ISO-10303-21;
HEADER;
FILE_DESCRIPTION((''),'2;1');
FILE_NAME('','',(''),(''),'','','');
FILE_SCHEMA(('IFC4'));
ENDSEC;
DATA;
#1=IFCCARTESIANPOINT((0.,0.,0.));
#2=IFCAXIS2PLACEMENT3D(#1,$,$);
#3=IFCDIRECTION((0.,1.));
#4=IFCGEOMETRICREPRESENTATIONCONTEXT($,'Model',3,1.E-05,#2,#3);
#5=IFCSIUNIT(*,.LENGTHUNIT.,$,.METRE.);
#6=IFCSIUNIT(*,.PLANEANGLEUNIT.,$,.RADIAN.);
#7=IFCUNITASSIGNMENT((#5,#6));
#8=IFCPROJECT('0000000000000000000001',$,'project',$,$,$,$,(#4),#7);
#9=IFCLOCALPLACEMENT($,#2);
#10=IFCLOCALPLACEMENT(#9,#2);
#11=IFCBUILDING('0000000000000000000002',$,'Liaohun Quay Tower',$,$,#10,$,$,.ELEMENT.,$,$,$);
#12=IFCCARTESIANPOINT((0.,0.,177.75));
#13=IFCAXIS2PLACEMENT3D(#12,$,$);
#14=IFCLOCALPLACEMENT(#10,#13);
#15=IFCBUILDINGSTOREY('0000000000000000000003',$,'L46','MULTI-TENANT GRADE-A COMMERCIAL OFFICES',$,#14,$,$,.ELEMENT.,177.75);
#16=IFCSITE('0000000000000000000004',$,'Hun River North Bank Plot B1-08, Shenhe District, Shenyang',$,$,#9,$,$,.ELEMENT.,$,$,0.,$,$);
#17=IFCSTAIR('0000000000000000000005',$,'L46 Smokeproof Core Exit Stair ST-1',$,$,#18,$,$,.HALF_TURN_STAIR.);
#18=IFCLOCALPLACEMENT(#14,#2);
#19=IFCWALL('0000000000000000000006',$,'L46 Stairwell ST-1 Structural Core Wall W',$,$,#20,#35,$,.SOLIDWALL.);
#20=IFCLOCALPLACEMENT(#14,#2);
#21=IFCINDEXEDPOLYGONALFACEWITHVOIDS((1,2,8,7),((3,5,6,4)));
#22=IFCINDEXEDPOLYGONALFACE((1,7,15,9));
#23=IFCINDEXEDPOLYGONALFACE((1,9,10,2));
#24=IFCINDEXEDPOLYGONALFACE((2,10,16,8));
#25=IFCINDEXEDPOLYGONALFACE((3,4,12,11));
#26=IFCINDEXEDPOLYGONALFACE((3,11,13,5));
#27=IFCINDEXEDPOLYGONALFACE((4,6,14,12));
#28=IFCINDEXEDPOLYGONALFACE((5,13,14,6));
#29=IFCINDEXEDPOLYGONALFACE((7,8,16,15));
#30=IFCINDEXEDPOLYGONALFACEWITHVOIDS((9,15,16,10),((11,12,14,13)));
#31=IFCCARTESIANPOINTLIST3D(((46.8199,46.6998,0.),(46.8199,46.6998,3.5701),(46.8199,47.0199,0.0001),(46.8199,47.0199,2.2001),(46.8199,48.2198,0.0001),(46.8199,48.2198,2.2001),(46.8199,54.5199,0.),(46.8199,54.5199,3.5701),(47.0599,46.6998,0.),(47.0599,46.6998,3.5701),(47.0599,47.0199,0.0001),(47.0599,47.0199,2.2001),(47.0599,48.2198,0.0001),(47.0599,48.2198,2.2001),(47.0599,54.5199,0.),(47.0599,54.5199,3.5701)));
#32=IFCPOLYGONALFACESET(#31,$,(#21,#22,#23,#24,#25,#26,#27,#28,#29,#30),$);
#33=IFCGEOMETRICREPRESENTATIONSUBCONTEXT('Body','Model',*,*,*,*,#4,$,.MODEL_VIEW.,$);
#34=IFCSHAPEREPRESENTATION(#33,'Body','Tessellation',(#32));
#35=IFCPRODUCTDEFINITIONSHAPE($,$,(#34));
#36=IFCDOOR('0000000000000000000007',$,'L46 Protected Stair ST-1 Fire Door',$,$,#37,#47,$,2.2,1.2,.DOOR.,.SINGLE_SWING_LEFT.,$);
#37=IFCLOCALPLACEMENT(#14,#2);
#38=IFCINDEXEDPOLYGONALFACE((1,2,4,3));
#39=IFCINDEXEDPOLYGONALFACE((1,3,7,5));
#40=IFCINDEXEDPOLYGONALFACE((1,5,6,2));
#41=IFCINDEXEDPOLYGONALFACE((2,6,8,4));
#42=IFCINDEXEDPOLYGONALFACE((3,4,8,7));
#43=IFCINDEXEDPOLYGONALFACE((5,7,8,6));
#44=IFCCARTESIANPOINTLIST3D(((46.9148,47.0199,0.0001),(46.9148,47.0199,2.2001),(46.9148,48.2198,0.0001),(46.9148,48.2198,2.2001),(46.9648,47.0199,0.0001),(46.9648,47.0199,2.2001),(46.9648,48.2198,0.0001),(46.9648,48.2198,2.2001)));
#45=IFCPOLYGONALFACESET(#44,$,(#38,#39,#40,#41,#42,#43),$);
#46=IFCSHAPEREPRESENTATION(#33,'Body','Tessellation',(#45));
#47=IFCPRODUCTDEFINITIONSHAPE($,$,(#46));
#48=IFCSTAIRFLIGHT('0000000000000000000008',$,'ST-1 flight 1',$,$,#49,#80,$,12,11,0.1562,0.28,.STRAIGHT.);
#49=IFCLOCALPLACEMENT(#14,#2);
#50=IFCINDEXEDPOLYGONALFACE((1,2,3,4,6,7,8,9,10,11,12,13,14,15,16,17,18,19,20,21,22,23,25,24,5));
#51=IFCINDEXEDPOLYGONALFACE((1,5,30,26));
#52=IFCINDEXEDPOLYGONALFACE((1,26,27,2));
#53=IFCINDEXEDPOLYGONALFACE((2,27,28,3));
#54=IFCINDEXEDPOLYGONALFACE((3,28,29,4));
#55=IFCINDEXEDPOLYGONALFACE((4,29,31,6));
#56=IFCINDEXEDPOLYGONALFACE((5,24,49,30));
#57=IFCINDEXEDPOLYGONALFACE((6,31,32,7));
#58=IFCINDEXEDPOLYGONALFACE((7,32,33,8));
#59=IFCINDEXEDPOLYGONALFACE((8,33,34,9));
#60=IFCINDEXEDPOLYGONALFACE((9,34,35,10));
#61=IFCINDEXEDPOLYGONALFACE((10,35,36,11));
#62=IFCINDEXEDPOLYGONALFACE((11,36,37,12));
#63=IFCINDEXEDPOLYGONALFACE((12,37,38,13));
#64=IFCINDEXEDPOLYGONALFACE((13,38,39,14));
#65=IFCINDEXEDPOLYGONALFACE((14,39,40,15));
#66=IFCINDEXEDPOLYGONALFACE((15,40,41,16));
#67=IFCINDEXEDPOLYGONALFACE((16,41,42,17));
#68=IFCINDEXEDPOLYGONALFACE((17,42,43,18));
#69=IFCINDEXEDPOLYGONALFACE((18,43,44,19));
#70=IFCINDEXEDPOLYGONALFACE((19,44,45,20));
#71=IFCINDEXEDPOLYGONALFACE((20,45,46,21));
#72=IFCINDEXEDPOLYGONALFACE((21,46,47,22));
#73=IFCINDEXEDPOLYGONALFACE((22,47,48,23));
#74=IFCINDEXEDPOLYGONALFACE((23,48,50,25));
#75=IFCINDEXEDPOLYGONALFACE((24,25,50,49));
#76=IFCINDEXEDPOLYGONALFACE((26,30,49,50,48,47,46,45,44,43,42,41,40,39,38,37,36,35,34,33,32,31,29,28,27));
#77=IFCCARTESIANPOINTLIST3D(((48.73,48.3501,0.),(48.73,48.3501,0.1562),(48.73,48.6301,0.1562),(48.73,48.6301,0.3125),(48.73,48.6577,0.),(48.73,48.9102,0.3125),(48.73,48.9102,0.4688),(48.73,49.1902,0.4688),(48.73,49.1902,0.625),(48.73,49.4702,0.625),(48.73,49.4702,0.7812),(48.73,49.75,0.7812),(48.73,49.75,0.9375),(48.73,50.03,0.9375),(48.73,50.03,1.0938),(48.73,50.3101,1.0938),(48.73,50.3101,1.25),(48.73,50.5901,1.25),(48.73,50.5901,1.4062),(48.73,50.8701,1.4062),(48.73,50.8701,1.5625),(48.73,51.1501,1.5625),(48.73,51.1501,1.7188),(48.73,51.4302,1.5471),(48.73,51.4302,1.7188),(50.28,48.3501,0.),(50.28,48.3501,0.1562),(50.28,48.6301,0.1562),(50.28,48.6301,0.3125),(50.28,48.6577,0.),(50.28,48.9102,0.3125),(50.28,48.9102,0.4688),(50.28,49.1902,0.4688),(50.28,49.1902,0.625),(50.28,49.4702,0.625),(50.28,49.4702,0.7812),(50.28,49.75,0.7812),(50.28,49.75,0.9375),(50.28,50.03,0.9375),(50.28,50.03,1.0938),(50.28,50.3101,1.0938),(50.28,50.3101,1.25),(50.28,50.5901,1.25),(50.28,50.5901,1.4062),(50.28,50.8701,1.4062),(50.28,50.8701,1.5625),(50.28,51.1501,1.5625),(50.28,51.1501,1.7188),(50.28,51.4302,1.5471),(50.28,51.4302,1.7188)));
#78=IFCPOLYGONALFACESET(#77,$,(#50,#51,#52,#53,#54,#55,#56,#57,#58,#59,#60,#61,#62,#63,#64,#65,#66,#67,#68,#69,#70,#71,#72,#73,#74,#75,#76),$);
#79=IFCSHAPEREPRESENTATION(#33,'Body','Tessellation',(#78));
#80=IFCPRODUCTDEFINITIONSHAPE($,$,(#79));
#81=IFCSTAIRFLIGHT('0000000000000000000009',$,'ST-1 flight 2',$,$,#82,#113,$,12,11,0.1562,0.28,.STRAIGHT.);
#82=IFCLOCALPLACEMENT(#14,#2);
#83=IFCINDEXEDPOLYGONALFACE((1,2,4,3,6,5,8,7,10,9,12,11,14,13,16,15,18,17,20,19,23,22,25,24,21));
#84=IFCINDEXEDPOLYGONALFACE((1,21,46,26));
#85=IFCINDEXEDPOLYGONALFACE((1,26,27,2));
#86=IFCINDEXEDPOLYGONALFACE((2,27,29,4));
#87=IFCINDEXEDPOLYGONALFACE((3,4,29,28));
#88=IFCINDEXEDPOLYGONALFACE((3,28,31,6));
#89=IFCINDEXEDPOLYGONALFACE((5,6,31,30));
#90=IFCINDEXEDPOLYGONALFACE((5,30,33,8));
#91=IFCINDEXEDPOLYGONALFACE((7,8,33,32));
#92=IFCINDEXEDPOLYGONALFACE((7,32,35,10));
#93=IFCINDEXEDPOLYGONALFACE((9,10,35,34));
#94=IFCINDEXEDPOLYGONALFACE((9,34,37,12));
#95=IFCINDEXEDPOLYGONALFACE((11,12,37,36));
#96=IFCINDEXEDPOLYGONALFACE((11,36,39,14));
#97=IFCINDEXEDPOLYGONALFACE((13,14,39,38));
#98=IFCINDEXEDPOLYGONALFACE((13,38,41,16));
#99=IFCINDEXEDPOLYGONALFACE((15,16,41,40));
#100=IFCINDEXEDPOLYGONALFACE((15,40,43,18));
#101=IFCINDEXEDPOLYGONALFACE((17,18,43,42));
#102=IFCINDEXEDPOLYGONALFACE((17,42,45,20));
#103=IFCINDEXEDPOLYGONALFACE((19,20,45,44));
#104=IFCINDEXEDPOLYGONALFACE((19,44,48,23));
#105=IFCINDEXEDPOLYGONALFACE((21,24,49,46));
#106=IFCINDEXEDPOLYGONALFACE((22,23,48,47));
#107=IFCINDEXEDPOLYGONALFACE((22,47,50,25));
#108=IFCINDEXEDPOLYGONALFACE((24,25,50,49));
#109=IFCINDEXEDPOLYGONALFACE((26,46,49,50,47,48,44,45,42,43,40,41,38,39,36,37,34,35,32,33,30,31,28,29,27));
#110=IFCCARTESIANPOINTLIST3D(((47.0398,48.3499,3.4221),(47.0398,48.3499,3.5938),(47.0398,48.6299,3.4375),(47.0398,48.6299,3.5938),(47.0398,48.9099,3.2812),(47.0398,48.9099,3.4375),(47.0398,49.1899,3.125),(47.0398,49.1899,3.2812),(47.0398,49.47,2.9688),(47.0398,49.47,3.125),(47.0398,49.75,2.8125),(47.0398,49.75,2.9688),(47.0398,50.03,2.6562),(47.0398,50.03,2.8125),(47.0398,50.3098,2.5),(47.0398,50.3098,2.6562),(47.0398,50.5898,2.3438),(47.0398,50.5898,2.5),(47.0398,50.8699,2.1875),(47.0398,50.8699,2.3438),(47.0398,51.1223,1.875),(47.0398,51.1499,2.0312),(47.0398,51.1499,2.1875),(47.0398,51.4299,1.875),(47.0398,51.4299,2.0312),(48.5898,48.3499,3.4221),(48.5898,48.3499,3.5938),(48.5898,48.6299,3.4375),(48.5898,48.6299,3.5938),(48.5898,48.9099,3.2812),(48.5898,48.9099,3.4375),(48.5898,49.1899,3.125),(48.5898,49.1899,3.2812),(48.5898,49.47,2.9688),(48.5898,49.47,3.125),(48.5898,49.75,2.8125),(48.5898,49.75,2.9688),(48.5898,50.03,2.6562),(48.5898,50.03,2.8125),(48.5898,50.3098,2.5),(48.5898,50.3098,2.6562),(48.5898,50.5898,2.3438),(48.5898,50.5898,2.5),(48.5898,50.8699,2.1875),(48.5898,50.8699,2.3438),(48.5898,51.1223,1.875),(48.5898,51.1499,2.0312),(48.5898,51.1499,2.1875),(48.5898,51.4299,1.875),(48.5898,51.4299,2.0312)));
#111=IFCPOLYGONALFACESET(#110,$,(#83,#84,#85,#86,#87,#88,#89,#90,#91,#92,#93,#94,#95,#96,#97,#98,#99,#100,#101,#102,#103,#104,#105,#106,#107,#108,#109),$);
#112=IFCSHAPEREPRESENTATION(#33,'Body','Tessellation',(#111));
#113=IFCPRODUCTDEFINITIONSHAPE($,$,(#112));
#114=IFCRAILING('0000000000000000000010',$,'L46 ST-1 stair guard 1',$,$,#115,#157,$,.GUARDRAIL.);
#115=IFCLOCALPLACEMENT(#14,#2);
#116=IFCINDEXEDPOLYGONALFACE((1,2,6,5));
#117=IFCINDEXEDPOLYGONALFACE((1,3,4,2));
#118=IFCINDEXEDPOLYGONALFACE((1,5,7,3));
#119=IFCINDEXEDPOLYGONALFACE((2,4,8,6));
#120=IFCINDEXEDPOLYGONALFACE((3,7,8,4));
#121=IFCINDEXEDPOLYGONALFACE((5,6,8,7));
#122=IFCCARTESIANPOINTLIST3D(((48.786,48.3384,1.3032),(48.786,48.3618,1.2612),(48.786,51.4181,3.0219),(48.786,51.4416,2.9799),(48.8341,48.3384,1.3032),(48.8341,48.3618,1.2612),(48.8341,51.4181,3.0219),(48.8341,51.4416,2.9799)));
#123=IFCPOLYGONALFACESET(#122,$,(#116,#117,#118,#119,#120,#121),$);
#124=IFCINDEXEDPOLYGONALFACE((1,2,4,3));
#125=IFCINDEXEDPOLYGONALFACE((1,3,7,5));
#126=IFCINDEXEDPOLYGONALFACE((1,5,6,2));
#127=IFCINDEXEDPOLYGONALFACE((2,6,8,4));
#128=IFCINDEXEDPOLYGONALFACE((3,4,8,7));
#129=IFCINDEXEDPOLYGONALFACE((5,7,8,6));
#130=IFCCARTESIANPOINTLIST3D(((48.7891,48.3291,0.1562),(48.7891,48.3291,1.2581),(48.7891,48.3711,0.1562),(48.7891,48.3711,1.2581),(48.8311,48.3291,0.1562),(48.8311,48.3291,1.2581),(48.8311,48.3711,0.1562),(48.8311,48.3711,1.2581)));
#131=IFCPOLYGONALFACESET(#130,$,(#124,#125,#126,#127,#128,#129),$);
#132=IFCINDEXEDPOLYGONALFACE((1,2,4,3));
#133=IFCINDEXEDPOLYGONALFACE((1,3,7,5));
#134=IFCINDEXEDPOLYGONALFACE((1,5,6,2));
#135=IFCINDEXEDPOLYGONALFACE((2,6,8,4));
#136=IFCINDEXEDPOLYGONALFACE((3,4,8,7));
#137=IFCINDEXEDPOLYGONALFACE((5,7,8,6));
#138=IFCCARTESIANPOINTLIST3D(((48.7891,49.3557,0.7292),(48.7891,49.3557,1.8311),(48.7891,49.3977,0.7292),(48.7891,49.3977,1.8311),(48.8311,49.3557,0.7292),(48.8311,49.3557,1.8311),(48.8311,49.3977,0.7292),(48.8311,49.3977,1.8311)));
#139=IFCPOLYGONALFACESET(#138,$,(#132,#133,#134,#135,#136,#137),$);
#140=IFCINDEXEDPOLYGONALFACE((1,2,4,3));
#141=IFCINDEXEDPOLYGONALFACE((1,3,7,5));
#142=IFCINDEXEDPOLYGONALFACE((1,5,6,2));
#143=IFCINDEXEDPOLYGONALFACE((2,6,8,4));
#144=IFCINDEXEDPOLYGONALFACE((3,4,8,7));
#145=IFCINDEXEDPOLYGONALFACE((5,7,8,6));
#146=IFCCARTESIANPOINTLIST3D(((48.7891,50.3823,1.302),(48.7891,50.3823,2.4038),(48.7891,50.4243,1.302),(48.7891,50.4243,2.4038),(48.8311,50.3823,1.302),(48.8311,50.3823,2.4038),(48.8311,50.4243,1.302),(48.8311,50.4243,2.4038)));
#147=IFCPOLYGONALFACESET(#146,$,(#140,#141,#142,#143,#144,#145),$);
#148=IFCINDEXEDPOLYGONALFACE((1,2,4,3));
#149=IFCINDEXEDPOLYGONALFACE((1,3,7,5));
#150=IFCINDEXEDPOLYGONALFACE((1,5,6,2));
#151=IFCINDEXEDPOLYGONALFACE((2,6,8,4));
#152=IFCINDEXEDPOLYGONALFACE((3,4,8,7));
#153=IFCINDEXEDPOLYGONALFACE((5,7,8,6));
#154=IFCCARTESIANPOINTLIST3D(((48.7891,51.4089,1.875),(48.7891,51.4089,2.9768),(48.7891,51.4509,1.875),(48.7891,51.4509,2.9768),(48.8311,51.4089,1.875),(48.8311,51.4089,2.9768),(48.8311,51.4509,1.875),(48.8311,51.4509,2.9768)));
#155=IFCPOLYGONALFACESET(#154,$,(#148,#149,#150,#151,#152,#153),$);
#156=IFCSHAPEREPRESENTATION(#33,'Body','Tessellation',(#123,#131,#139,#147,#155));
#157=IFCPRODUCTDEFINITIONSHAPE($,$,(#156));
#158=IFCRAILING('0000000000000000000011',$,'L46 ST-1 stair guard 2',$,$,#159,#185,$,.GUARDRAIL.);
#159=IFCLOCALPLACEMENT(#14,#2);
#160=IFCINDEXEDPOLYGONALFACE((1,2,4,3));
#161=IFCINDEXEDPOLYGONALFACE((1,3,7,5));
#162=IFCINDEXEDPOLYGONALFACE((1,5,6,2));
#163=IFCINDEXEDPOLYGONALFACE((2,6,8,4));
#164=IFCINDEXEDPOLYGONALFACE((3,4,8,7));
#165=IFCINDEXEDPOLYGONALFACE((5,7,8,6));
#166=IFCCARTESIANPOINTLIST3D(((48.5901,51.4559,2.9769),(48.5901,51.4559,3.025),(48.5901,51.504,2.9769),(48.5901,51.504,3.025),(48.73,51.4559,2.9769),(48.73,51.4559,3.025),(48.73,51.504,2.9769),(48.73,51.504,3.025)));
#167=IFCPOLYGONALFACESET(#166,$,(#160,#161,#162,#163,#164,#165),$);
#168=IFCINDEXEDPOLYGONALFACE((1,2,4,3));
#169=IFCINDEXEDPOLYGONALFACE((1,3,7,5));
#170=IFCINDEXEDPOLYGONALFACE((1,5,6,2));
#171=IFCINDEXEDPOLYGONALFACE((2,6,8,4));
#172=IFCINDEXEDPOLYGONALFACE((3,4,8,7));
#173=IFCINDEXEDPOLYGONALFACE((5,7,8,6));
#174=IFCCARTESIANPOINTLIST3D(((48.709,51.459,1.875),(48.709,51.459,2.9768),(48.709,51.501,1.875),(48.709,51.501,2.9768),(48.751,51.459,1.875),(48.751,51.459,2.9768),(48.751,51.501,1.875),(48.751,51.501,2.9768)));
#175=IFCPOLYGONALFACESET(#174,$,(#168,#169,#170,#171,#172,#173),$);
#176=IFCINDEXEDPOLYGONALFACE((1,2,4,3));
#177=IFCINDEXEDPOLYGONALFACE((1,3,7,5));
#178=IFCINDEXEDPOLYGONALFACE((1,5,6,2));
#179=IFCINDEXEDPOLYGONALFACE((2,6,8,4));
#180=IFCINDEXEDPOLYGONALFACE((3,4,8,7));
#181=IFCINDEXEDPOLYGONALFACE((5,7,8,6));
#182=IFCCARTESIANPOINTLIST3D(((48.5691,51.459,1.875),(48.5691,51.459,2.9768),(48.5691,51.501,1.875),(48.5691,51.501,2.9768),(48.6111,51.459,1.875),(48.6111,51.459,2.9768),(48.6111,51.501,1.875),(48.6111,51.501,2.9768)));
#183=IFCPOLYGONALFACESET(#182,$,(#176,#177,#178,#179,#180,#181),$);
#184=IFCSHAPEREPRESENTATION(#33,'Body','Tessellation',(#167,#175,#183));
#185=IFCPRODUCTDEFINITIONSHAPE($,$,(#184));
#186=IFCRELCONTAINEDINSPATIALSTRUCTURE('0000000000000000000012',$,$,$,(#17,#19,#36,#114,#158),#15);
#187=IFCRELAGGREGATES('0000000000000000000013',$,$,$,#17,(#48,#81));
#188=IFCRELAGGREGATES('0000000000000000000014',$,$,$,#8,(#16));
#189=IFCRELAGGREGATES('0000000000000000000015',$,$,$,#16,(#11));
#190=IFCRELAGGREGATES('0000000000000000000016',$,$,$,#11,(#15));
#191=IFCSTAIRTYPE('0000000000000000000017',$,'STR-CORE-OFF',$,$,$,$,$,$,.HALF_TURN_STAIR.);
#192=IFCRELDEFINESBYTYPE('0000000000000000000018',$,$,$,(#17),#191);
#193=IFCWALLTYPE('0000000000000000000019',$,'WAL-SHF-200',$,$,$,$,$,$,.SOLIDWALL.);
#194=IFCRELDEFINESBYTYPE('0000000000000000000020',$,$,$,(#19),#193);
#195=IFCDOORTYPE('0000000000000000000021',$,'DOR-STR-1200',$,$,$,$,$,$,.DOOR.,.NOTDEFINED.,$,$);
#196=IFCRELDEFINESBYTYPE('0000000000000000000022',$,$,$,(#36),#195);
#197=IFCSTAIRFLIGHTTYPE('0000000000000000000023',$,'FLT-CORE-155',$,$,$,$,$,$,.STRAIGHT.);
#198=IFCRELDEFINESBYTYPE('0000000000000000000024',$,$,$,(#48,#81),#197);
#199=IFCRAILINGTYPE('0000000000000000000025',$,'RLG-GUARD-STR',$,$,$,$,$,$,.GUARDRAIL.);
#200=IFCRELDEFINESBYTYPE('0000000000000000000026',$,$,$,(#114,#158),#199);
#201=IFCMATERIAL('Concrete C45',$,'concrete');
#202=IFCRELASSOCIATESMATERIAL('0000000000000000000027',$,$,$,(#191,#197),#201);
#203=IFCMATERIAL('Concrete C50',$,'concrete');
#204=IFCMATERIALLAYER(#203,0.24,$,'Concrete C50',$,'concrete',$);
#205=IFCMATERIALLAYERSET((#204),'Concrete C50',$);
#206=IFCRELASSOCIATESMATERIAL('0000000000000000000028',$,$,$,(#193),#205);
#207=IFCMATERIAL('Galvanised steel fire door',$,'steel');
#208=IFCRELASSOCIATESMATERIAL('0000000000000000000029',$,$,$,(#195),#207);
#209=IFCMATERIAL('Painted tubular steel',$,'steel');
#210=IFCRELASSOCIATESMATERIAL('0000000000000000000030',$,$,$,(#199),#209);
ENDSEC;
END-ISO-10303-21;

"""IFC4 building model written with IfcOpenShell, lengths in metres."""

from ifc_helpers import new_model, si_unit, direction, frame, frame_2d, origin, origin_2d, place, context, subcontext, project, spatial, polyline, rectangle, outline, extrude, source, transform, mapped, material, layer, layer_set, type_object, element, fill, aggregate, save


model = new_model("IFC4")

# Units and contexts
model_context = context("Model", 3, precision=1e-05, world=origin(), true_north=direction((0.0, 1.0)))
body_context = subcontext(model_context, "Body", "Model", "MODEL_VIEW")
ifc_project = project(units=[si_unit("LENGTHUNIT", "METRE"), si_unit("PLANEANGLEUNIT", "RADIAN")], contexts=[model_context])

# Site, building, storey
site_placement = place(None, origin())
site = spatial("IfcSite", under=ifc_project, at=site_placement, Name="Hun River North Bank Plot B1-08, Shenhe District, Shenyang", CompositionType="ELEMENT", RefElevation=0.0)
building_placement = place(site_placement, origin())
building = spatial("IfcBuilding", under=site, at=building_placement, Name="Liaohun Quay Tower", CompositionType="ELEMENT")
storey_placement = place(building_placement, frame((0.0, 0.0, 177.75)))
storey = spatial("IfcBuildingStorey", under=building, at=storey_placement, Name="L46", Description="MULTI-TENANT GRADE-A COMMERCIAL OFFICES", CompositionType="ELEMENT", Elevation=177.75)

# Stair
ifc_material_1 = material(Name="Concrete C45", Category="concrete")
stair_type = type_object("IfcStairType", Name="STR-CORE-OFF", PredefinedType="HALF_TURN_STAIR", material=ifc_material_1)
stair_1_placement = place(storey_placement, origin())
stair_1 = element("IfcStair", 1, at=stair_1_placement, inside=storey, type_object=stair_type, Name="L46 Smokeproof Core Exit Stair ST-1", PredefinedType="HALF_TURN_STAIR")

# Shared definitions
ifc_material_2 = material(Name="Concrete C50", Category="concrete")
ifc_layer_1 = layer(ifc_material_2, 0.24, Name="Concrete C50", Category="concrete")
ifc_layer_set_1 = layer_set([ifc_layer_1], Name="Concrete C50")
wall_type_1 = type_object("IfcWallType", Name="WAL-SHF-200", PredefinedType="SOLIDWALL", material=ifc_layer_set_1)

# Wall, opening, door
wall_1_placement = place(storey_placement, frame((46.9399, 54.52, 0.0), z_axis=(0.0, 0.0, 1.0), x_axis=(0.0, -1.0, 0.0)))
wall_1 = element("IfcWall", 2, at=wall_1_placement, inside=storey, type_object=wall_type_1, Name="L46 Stairwell ST-1 Structural Core Wall W", PredefinedType="SOLIDWALL", context=body_context, shape_type="SweptSolid", body=[
    extrude(rectangle(XDim=7.8201, YDim=0.24, at=frame_2d((3.9102, 0.0))), origin(), (0.0, 0.0, 1.0), 3.5701),
])
shared_shape_1 = source(origin(), body_context, "Body", "SweptSolid", [
    extrude(rectangle(XDim=1.2, YDim=2.2, at=frame_2d((0.6001, 1.1001))), frame((0.0, 0.1299, 0.0), z_axis=(0.0, -1.0, 0.0), x_axis=(1.0, 0.0, 0.0)), (0.0, 0.0, 1.0), 0.26),
])
opening_1_placement = place(wall_1_placement, frame((6.3, 0.0, 0.0)))
opening_1 = element("IfcOpeningElement", 3, at=opening_1_placement, cuts=wall_1, PredefinedType="OPENING", context=body_context, shape_type="MappedRepresentation", body=[
    mapped(shared_shape_1, transform((0.0, 0.0, 0.0), x_axis=(1.0, 0.0, 0.0), y_axis=(0.0, 1.0, 0.0), z_axis=(0.0, 0.0, 1.0), scale=1.0)),
])
ifc_material_3 = material(Name="Galvanised steel fire door", Category="steel")
door_type_1 = type_object("IfcDoorType", Name="DOR-STR-1200", OperationType="NOTDEFINED", PredefinedType="DOOR", material=ifc_material_3)
shared_shape_2 = source(origin(), body_context, "Body", "SweptSolid", [
    extrude(rectangle(XDim=1.2, YDim=2.2, at=frame_2d((0.6001, 1.1001))), frame((0.0, 0.0249, 0.0), z_axis=(0.0, -1.0, 0.0), x_axis=(1.0, 0.0, 0.0)), (0.0, 0.0, 1.0), 0.05),
])
door_1_placement = place(opening_1_placement, origin())
door_1 = element("IfcDoor", 4, at=door_1_placement, inside=storey, type_object=door_type_1, Name="L46 Protected Stair ST-1 Fire Door", OperationType="SINGLE_SWING_LEFT", OverallHeight=2.2, OverallWidth=1.2, PredefinedType="DOOR", context=body_context, shape_type="MappedRepresentation", body=[
    mapped(shared_shape_2, transform((0.0, 0.0, 0.0), x_axis=(1.0, 0.0, 0.0), y_axis=(0.0, 1.0, 0.0), z_axis=(0.0, 0.0, 1.0), scale=1.0)),
])
fill(opening_1, door_1)

# Stair flights
stair_flight_type = type_object("IfcStairFlightType", Name="FLT-CORE-155", PredefinedType="STRAIGHT", material=ifc_material_1)
stair_flight_1_placement = place(storey_placement, frame((49.5049, 48.3501, 0.0), z_axis=(0.0, 0.0, 1.0), x_axis=(0.0, 1.0, 0.0)))
stair_flight_1 = element("IfcStairFlight", 5, at=stair_flight_1_placement, type_object=stair_flight_type, Name="ST-1 flight 1", NumberOfRisers=12, NumberOfTreads=11, PredefinedType="STRAIGHT", RiserHeight=0.1562, TreadLength=0.28, context=body_context, shape_type="SweptSolid", body=[
    extrude(outline(polyline([(0.0, 0.0), (0.0, 0.1562), (0.28, 0.1562), (0.28, 0.3125), (0.5601, 0.3125), (0.5601, 0.4688), (0.8401, 0.4688), (0.8401, 0.625), (1.1201, 0.625), (1.1201, 0.7812), (1.3999, 0.7812), (1.3999, 0.9375), (1.6799, 0.9375), (1.6799, 1.0938), (1.96, 1.0938), (1.96, 1.25), (2.24, 1.25), (2.24, 1.4062), (2.52, 1.4062), (2.52, 1.5625), (2.8, 1.5625), (2.8, 1.7188), (3.0801, 1.7188), (3.0801, 1.875), (3.0801, 1.5471), (0.3076, 0.0), (0.0, 0.0)])), frame((0.0, 0.7749, 0.0), z_axis=(0.0, -1.0, 0.0), x_axis=(1.0, 0.0, 0.0)), (0.0, 0.0, 1.0), 1.55),
])
stair_flight_2_placement = place(storey_placement, frame((47.8149, 51.4299, 1.875), z_axis=(0.0, 0.0, 1.0), x_axis=(0.0, -1.0, 0.0)))
stair_flight_2 = element("IfcStairFlight", 6, at=stair_flight_2_placement, type_object=stair_flight_type, Name="ST-1 flight 2", NumberOfRisers=12, NumberOfTreads=11, PredefinedType="STRAIGHT", RiserHeight=0.1562, TreadLength=0.28, context=body_context, shape_type="SweptSolid", body=[
    extrude(outline(polyline([(0.0, 0.0), (0.0, 0.1562), (0.28, 0.1562), (0.28, 0.3125), (0.5601, 0.3125), (0.5601, 0.4688), (0.8401, 0.4688), (0.8401, 0.625), (1.1201, 0.625), (1.1201, 0.7812), (1.3999, 0.7812), (1.3999, 0.9375), (1.6799, 0.9375), (1.6799, 1.0938), (1.96, 1.0938), (1.96, 1.25), (2.24, 1.25), (2.24, 1.4062), (2.52, 1.4062), (2.52, 1.5625), (2.8, 1.5625), (2.8, 1.7188), (3.0801, 1.7188), (3.0801, 1.875), (3.0801, 1.5471), (0.3076, 0.0), (0.0, 0.0)])), frame((0.0, 0.7749, 0.0), z_axis=(0.0, -1.0, 0.0), x_axis=(1.0, 0.0, 0.0)), (0.0, 0.0, 1.0), 1.55),
])
aggregate(stair_1, [stair_flight_1, stair_flight_2])

# Railings
ifc_material_4 = material(Name="Painted tubular steel", Category="steel")
railing_type_1 = type_object("IfcRailingType", Name="RLG-GUARD-STR", PredefinedType="GUARDRAIL", material=ifc_material_4)
railing_1_placement = place(storey_placement, frame((48.8101, 48.3501, 0.1562)))
element("IfcRailing", 7, at=railing_1_placement, inside=storey, type_object=railing_type_1, Name="L46 ST-1 stair guard 1", PredefinedType="GUARDRAIL", context=body_context, shape_type="SweptSolid", body=[
    extrude(rectangle(XDim=0.0481, YDim=0.0481, at=origin_2d()), frame((0.0, 0.0, 1.126), z_axis=(0.0, 0.873225, 0.487317), x_axis=(-1.0, 0.0, 0.0)), (0.0, 0.0, 1.0), 3.5269),
    extrude(rectangle(XDim=0.042, YDim=0.042, at=origin_2d()), origin(), (0.0, 0.0, 1.0), 1.1018),
    extrude(rectangle(XDim=0.042, YDim=0.042, at=origin_2d()), frame((0.0, 1.0266, 0.573)), (0.0, 0.0, 1.0), 1.1018),
    extrude(rectangle(XDim=0.042, YDim=0.042, at=origin_2d()), frame((0.0, 2.0532, 1.1458)), (0.0, 0.0, 1.0), 1.1018),
    extrude(rectangle(XDim=0.042, YDim=0.042, at=origin_2d()), frame((0.0, 3.0798, 1.7188)), (0.0, 0.0, 1.0), 1.1018),
])
railing_2_placement = place(storey_placement, frame((48.73, 51.48, 1.875)))
element("IfcRailing", 8, at=railing_2_placement, inside=storey, type_object=railing_type_1, Name="L46 ST-1 stair guard 2", PredefinedType="GUARDRAIL", context=body_context, shape_type="SweptSolid", body=[
    extrude(rectangle(XDim=0.0481, YDim=0.0481, at=origin_2d()), frame((0.0, 0.0, 1.126), z_axis=(-1.0, 0.0, 0.0), x_axis=(0.0, -1.0, 0.0)), (0.0, 0.0, 1.0), 0.1399),
    extrude(rectangle(XDim=0.042, YDim=0.042, at=origin_2d()), origin(), (0.0, 0.0, 1.0), 1.1018),
    extrude(rectangle(XDim=0.042, YDim=0.042, at=origin_2d()), frame((-0.1399, 0.0, 0.0)), (0.0, 0.0, 1.0), 1.1018),
])

save(model, "model.ifc")
